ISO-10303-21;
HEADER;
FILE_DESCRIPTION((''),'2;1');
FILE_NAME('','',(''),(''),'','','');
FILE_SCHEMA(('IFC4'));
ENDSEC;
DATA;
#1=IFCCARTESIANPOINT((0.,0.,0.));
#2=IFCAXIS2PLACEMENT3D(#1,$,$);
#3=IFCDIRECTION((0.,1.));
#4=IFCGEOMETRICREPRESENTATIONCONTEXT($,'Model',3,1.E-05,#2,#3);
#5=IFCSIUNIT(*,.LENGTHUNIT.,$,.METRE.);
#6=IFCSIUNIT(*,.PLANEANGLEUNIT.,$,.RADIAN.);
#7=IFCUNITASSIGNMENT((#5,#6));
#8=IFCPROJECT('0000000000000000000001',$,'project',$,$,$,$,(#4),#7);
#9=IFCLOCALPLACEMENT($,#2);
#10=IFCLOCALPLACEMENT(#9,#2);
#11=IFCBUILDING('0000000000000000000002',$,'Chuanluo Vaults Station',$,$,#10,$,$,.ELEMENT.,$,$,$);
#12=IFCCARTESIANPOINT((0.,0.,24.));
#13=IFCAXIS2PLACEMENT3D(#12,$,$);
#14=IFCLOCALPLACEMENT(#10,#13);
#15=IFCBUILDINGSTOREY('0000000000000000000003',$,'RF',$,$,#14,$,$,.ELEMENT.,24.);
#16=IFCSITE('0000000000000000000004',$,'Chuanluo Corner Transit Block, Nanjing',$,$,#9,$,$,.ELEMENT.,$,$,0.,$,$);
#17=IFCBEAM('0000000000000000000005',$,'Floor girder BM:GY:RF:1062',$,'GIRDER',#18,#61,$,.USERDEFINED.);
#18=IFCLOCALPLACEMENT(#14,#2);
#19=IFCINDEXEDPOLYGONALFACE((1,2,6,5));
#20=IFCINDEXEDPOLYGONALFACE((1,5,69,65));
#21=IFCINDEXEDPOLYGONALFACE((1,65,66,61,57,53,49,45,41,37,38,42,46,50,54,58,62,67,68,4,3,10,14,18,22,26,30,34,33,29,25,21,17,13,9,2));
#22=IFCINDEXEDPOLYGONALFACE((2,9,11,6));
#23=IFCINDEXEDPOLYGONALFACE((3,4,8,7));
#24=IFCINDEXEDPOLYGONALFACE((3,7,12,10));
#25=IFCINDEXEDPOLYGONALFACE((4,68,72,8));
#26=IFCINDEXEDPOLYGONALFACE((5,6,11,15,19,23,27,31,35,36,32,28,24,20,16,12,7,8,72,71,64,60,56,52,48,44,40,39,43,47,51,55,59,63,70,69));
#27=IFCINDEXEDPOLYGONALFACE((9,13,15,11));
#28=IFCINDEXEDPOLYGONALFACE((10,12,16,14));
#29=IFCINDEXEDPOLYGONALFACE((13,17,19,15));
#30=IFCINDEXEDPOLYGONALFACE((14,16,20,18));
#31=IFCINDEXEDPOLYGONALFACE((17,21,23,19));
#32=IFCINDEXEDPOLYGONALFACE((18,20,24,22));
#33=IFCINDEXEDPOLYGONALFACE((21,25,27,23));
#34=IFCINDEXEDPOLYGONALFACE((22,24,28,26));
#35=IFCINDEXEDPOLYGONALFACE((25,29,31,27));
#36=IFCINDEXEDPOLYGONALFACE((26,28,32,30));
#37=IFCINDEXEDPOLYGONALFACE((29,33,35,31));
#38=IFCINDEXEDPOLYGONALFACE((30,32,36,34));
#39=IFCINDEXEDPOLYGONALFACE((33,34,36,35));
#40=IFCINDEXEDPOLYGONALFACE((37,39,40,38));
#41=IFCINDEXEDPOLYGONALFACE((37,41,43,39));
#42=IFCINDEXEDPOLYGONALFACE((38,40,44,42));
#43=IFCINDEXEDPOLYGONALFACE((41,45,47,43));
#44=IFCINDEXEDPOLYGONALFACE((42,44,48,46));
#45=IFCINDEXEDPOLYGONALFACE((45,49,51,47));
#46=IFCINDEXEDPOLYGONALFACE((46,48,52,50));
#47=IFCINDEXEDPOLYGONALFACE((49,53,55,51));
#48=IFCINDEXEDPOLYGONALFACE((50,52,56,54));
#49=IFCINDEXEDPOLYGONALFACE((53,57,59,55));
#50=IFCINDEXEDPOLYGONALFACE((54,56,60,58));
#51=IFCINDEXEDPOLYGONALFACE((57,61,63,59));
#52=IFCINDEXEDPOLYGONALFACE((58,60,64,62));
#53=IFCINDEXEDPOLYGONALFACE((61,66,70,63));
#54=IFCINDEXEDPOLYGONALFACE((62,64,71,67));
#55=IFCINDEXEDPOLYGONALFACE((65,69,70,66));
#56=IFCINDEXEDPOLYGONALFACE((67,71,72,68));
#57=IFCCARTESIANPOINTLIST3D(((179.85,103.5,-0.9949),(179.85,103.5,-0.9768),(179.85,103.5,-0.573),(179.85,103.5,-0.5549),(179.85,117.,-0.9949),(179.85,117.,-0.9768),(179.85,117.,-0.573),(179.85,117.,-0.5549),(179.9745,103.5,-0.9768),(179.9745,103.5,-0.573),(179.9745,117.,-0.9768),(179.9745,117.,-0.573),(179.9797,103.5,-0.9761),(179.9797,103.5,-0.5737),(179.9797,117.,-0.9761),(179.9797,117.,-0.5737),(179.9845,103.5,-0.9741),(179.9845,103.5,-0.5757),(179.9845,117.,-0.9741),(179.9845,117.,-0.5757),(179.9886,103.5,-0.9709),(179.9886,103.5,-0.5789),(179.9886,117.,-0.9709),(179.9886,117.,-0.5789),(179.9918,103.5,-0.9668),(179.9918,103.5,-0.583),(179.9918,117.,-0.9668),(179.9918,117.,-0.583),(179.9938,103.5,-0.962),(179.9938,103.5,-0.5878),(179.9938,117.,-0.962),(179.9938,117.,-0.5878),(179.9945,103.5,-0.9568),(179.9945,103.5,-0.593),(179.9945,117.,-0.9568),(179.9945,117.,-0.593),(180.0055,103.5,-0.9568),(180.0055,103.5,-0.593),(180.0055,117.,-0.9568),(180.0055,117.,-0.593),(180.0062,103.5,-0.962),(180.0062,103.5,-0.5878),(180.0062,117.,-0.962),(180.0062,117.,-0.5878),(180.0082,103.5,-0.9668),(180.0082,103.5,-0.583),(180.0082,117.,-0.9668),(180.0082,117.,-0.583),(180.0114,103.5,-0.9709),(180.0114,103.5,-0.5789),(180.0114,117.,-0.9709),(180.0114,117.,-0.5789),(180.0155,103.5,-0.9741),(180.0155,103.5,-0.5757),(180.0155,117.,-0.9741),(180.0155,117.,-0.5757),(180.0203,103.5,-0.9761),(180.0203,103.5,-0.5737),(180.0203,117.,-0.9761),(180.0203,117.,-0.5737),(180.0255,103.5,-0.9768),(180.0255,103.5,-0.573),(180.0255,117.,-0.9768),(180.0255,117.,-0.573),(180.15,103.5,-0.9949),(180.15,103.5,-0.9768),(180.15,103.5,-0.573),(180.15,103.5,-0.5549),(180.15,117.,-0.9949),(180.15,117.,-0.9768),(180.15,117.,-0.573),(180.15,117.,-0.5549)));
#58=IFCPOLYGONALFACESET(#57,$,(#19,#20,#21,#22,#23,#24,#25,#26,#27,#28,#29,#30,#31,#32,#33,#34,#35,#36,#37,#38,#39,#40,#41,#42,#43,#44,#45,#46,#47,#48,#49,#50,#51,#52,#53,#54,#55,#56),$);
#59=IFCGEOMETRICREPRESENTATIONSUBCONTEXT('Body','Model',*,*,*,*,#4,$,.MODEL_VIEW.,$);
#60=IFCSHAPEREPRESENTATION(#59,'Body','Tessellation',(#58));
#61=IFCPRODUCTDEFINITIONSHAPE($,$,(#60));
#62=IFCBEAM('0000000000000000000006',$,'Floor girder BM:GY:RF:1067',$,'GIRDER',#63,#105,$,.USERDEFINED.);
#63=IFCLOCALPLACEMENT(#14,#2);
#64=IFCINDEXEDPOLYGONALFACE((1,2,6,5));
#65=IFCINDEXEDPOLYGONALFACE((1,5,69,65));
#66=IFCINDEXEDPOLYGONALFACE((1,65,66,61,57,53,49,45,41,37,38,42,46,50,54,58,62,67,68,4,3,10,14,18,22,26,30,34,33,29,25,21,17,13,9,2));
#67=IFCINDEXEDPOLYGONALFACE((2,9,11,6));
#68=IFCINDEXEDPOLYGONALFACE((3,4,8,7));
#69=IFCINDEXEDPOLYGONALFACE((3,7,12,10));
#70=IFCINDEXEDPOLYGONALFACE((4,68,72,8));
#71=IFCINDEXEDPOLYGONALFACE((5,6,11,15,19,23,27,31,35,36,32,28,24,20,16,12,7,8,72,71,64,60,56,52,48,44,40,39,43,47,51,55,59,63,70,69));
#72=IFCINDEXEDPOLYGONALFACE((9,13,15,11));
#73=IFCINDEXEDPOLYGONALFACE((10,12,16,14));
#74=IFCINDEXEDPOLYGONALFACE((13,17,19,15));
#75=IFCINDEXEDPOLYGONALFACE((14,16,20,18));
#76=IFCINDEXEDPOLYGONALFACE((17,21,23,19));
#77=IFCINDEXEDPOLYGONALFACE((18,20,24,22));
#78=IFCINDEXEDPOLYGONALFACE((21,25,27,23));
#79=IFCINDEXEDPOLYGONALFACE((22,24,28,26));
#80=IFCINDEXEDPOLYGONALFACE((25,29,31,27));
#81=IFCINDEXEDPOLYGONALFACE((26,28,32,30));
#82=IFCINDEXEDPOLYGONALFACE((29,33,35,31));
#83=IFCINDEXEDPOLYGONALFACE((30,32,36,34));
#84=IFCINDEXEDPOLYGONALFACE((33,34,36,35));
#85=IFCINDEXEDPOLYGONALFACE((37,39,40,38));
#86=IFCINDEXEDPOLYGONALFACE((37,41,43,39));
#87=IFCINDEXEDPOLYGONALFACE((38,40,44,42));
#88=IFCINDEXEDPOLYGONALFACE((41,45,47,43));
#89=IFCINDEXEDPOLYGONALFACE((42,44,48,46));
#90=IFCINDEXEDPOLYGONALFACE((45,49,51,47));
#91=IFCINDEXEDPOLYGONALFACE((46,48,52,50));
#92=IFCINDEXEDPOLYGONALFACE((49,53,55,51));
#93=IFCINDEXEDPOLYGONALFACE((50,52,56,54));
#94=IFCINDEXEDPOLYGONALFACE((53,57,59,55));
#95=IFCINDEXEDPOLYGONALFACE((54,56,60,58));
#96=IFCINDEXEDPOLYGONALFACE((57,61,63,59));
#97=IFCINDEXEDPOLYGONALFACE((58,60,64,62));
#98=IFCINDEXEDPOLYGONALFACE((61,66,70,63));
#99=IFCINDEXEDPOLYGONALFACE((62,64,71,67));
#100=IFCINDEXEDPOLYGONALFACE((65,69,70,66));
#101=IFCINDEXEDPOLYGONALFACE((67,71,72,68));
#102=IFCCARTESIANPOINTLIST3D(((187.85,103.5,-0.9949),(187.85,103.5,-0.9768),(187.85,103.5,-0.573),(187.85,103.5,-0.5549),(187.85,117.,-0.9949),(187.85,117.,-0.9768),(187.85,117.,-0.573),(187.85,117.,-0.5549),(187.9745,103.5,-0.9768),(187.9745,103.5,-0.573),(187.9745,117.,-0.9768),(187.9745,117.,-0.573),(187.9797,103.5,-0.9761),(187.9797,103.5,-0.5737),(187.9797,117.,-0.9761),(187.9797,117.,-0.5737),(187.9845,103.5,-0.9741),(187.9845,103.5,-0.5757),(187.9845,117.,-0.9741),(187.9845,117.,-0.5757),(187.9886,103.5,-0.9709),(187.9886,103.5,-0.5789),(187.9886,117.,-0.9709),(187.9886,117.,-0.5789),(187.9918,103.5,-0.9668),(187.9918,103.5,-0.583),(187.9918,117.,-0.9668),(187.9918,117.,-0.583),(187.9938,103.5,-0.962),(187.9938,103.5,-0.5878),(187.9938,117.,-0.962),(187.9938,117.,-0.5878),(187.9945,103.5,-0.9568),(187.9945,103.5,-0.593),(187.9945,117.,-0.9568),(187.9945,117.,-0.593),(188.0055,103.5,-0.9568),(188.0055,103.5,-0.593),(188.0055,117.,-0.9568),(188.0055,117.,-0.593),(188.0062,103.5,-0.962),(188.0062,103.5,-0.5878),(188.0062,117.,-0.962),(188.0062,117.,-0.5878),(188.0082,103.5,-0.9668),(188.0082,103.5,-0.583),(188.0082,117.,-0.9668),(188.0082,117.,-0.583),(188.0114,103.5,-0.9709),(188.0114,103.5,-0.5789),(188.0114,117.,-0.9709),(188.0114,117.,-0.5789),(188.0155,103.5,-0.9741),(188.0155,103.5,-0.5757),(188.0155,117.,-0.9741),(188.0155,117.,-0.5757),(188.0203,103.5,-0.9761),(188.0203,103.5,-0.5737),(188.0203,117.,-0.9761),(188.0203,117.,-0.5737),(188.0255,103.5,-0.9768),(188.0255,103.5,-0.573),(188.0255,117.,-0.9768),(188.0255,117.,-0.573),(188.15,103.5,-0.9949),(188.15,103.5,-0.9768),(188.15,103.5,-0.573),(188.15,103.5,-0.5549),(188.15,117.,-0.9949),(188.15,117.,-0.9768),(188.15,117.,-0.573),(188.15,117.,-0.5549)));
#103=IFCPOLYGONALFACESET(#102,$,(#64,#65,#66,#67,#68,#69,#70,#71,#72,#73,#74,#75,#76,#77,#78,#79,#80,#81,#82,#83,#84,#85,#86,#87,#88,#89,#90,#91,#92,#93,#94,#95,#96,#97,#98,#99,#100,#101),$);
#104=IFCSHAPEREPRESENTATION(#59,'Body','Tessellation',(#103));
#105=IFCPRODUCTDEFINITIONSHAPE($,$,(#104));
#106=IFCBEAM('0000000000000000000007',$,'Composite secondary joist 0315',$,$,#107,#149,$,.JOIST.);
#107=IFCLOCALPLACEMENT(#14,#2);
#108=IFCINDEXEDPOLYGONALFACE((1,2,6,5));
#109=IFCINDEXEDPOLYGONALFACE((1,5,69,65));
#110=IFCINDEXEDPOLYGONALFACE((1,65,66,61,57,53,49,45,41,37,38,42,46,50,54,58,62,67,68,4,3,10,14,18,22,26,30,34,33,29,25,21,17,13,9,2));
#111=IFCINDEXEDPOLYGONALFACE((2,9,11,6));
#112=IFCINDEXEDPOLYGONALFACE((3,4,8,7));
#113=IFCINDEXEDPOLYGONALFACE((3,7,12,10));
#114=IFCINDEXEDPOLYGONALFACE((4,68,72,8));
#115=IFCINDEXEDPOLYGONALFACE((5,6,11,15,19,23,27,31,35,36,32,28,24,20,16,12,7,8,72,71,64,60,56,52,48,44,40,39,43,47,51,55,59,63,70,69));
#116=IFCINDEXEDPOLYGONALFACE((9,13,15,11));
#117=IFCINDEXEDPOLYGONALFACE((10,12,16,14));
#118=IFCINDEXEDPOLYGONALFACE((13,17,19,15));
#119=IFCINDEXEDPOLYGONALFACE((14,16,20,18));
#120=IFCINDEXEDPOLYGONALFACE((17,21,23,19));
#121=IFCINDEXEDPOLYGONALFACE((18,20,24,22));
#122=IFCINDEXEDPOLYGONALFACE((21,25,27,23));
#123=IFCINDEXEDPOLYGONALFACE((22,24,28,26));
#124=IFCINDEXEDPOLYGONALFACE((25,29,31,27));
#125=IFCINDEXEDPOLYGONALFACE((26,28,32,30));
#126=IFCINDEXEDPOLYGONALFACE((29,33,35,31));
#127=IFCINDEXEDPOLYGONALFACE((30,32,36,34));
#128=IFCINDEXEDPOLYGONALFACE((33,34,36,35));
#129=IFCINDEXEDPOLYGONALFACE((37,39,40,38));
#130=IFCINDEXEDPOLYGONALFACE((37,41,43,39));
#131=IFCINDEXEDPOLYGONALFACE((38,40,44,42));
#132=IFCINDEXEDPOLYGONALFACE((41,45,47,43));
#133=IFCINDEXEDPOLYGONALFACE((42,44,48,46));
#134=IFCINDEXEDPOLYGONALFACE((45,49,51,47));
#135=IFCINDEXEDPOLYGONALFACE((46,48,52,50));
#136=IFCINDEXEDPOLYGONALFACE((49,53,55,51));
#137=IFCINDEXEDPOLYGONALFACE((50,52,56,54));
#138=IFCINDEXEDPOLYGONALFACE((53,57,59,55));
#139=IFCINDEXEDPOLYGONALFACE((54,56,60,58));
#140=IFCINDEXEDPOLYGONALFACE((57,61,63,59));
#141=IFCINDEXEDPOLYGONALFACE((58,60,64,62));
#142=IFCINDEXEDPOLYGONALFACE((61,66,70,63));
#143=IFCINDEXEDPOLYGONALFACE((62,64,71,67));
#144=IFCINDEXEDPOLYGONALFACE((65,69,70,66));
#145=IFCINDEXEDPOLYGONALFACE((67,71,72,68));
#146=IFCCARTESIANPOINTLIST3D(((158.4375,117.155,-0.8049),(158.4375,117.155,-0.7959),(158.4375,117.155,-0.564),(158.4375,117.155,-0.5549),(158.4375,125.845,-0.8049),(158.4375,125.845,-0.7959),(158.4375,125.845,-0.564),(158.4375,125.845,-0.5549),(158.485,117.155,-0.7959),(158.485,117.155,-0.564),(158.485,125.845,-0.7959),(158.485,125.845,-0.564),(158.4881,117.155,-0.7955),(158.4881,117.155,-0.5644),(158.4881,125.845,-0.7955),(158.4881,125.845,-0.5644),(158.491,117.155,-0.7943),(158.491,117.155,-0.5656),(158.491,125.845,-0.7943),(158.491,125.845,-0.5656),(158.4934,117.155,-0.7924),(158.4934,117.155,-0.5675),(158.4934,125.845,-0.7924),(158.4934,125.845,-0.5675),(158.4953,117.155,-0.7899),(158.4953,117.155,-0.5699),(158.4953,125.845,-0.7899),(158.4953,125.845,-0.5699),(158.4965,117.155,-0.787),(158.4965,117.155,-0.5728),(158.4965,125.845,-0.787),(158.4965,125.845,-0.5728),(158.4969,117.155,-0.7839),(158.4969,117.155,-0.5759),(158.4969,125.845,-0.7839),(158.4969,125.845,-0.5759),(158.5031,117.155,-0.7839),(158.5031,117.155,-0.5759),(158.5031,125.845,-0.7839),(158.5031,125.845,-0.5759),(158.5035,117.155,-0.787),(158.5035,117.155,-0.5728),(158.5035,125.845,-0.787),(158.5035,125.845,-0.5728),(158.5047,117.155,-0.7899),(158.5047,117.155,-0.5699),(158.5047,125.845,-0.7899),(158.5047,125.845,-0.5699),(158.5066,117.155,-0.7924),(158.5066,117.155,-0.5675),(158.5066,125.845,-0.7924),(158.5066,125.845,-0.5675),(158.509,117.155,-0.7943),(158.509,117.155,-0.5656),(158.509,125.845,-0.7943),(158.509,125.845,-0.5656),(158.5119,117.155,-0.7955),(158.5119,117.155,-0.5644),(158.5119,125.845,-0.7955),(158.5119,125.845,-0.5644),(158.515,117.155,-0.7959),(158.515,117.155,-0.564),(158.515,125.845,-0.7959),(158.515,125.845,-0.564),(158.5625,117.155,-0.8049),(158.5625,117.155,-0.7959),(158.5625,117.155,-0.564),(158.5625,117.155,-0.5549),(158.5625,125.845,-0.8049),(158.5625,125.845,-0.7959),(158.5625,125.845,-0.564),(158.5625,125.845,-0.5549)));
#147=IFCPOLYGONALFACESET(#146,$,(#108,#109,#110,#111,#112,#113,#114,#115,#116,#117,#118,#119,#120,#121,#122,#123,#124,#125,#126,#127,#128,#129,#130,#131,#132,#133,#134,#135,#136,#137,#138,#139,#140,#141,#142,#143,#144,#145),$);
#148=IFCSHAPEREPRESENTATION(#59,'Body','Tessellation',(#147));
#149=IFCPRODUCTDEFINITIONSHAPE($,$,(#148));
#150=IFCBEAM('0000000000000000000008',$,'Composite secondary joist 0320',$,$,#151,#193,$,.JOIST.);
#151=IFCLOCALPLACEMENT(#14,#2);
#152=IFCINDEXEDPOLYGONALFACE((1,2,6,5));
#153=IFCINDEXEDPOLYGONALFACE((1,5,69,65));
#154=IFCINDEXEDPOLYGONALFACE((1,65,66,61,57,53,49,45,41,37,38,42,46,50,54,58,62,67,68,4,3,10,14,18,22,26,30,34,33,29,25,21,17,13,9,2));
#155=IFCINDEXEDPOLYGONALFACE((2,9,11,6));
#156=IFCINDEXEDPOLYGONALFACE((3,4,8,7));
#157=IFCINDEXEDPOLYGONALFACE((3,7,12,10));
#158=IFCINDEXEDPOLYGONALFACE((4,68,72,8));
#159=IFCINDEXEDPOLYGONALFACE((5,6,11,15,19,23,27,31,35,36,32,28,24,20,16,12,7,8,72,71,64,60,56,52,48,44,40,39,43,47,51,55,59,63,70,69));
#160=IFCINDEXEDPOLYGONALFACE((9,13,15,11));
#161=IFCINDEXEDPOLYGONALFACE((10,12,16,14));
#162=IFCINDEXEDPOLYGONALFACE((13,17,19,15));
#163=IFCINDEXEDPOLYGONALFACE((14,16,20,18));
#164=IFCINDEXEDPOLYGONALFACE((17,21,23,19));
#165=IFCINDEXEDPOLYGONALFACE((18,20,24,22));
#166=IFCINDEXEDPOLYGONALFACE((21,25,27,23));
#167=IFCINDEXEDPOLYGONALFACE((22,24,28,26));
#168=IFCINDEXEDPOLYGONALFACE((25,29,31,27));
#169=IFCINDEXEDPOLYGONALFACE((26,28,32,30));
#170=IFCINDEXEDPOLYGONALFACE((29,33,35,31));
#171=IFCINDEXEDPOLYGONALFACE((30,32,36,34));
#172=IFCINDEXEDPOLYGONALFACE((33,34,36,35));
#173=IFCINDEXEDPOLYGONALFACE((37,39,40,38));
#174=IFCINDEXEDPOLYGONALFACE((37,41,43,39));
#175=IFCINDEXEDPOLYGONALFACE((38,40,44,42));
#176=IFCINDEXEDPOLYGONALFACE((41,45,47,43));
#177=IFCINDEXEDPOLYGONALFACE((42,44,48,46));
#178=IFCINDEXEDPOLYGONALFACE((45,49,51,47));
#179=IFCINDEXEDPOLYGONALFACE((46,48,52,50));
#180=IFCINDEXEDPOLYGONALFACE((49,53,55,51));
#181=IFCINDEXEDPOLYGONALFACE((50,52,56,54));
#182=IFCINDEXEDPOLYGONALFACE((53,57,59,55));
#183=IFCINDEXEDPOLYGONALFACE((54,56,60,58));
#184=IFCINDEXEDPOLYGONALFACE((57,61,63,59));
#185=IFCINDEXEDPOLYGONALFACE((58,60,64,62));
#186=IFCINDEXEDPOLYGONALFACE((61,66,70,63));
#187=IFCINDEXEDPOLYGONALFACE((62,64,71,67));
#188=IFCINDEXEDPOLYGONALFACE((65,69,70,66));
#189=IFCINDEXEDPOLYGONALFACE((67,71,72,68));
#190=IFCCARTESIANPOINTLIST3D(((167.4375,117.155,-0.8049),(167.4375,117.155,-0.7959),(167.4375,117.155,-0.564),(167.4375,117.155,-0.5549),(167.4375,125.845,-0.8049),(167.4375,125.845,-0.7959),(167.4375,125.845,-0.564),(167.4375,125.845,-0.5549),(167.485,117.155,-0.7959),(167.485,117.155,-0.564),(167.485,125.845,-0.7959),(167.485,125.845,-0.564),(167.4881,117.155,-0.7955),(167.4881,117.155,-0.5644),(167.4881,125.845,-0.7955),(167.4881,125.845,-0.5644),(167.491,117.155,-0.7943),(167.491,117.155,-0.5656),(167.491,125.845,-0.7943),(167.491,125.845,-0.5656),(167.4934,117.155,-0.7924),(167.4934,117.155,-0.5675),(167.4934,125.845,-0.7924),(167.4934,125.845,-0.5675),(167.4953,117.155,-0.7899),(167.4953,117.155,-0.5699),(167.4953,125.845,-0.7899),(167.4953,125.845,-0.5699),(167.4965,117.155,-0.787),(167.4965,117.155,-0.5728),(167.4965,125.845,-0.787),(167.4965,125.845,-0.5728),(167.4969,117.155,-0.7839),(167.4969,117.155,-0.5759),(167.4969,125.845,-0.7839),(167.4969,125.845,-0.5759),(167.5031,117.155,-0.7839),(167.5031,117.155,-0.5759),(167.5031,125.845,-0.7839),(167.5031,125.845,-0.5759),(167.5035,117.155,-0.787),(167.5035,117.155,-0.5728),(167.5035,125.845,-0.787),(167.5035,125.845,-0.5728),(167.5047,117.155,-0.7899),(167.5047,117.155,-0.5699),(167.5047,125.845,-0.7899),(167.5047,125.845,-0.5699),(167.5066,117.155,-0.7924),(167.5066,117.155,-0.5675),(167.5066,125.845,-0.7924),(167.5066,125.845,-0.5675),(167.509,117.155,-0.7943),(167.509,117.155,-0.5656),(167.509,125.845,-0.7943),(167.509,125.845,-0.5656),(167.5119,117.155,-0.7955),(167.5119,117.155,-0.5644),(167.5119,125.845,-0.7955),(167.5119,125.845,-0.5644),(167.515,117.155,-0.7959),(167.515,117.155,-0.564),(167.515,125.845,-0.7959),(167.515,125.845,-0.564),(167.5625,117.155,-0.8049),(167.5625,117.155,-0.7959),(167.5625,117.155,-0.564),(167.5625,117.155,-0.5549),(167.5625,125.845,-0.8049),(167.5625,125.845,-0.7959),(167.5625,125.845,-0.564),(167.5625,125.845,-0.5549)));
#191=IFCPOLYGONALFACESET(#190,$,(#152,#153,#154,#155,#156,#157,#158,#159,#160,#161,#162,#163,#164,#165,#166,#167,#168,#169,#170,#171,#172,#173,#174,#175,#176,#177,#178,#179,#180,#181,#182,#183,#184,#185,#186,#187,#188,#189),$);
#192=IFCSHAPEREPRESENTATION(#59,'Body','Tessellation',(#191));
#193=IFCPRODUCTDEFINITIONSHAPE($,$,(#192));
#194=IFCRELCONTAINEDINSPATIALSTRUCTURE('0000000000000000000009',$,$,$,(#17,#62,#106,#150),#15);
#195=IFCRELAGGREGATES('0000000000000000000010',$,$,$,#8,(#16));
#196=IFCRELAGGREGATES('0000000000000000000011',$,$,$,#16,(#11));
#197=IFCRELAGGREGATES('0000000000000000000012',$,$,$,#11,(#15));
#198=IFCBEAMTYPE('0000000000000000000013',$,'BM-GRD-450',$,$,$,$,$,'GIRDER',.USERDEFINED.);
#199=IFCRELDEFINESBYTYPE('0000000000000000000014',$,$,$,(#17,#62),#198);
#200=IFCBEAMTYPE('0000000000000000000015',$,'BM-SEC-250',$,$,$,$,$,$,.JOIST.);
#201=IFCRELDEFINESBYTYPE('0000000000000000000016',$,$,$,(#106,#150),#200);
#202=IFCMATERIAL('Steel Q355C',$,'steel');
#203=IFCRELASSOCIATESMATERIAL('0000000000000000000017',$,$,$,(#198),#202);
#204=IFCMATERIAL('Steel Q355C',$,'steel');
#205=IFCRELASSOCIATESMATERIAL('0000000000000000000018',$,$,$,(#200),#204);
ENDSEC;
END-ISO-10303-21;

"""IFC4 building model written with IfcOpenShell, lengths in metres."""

from ifc_helpers import new_model, si_unit, direction, frame, origin, origin_2d, place, context, subcontext, project, spatial, i_section, extrude, material, material_profile, profile_set, type_object, element, save


model = new_model("IFC4")

# Units and contexts
model_context = context("Model", 3, precision=1e-05, world=origin(), true_north=direction((0.0, 1.0)))
body_context = subcontext(model_context, "Body", "Model", "MODEL_VIEW")
ifc_project = project(units=[si_unit("LENGTHUNIT", "METRE"), si_unit("PLANEANGLEUNIT", "RADIAN")], contexts=[model_context])

# Site, building, storey
site_placement = place(None, origin())
site = spatial("IfcSite", under=ifc_project, at=site_placement, Name="Chuanluo Corner Transit Block, Nanjing", CompositionType="ELEMENT", RefElevation=0.0)
building_placement = place(site_placement, origin())
building = spatial("IfcBuilding", under=site, at=building_placement, Name="Chuanluo Vaults Station", CompositionType="ELEMENT")
storey_placement = place(building_placement, frame((0.0, 0.0, 24.0)))
storey = spatial("IfcBuildingStorey", under=building, at=storey_placement, Name="RF", CompositionType="ELEMENT", Elevation=24.0)

# Beams
ifc_material_1 = material(Name="Steel Q355C", Category="steel")
ifc_material_profile_1 = material_profile(ifc_material_1, i_section(OverallWidth=0.3, OverallDepth=0.4399, WebThickness=0.011, FlangeThickness=0.0181, FilletRadius=0.02, at=origin_2d()))
ifc_profile_set_1 = profile_set([ifc_material_profile_1], Name="Steel Q355C")
beam_type_1 = type_object("IfcBeamType", Name="BM-GRD-450", ElementType="GIRDER", PredefinedType="USERDEFINED", material=ifc_profile_set_1)
for number, where, z_axis, x_axis, name in (
    (1, (180.0, 103.5, -0.7749), (0.0, 1.0, 0.0), (-1.0, 0.0, 0.0), "Floor girder BM:GY:RF:1062"),
    (2, (188.0, 103.5, -0.7749), (0.0, 1.0, 0.0), (-1.0, 0.0, 0.0), "Floor girder BM:GY:RF:1067"),
):
    element("IfcBeam", number, at=place(storey_placement, frame(where, z_axis=z_axis, x_axis=x_axis)), inside=storey, type_object=beam_type_1, Name=name, ObjectType="GIRDER", PredefinedType="USERDEFINED", context=body_context, shape_type="SweptSolid", body=[
        extrude(i_section(OverallWidth=0.3, OverallDepth=0.4399, WebThickness=0.011, FlangeThickness=0.0181, FilletRadius=0.02, at=origin_2d()), origin(), (0.0, 0.0, 1.0), 13.5),
    ])
ifc_material_2 = material(Name="Steel Q355C", Category="steel")
ifc_material_profile_2 = material_profile(ifc_material_2, i_section(OverallWidth=0.125, OverallDepth=0.25, WebThickness=0.0061, FlangeThickness=0.009, FilletRadius=0.012, at=origin_2d()))
ifc_profile_set_2 = profile_set([ifc_material_profile_2], Name="Steel Q355C")
beam_type_2 = type_object("IfcBeamType", Name="BM-SEC-250", PredefinedType="JOIST", material=ifc_profile_set_2)
for number, where, z_axis, x_axis, name in (
    (3, (158.5, 117.155, -0.6799), (0.0, 1.0, 0.0), (-1.0, 0.0, 0.0), "Composite secondary joist 0315"),
    (4, (167.5, 117.155, -0.6799), (0.0, 1.0, 0.0), (-1.0, 0.0, 0.0), "Composite secondary joist 0320"),
):
    element("IfcBeam", number, at=place(storey_placement, frame(where, z_axis=z_axis, x_axis=x_axis)), inside=storey, type_object=beam_type_2, Name=name, PredefinedType="JOIST", context=body_context, shape_type="SweptSolid", body=[
        extrude(i_section(OverallWidth=0.125, OverallDepth=0.25, WebThickness=0.0061, FlangeThickness=0.009, FilletRadius=0.012, at=origin_2d()), origin(), (0.0, 0.0, 1.0), 8.6899),
    ])

save(model, "model.ifc")
